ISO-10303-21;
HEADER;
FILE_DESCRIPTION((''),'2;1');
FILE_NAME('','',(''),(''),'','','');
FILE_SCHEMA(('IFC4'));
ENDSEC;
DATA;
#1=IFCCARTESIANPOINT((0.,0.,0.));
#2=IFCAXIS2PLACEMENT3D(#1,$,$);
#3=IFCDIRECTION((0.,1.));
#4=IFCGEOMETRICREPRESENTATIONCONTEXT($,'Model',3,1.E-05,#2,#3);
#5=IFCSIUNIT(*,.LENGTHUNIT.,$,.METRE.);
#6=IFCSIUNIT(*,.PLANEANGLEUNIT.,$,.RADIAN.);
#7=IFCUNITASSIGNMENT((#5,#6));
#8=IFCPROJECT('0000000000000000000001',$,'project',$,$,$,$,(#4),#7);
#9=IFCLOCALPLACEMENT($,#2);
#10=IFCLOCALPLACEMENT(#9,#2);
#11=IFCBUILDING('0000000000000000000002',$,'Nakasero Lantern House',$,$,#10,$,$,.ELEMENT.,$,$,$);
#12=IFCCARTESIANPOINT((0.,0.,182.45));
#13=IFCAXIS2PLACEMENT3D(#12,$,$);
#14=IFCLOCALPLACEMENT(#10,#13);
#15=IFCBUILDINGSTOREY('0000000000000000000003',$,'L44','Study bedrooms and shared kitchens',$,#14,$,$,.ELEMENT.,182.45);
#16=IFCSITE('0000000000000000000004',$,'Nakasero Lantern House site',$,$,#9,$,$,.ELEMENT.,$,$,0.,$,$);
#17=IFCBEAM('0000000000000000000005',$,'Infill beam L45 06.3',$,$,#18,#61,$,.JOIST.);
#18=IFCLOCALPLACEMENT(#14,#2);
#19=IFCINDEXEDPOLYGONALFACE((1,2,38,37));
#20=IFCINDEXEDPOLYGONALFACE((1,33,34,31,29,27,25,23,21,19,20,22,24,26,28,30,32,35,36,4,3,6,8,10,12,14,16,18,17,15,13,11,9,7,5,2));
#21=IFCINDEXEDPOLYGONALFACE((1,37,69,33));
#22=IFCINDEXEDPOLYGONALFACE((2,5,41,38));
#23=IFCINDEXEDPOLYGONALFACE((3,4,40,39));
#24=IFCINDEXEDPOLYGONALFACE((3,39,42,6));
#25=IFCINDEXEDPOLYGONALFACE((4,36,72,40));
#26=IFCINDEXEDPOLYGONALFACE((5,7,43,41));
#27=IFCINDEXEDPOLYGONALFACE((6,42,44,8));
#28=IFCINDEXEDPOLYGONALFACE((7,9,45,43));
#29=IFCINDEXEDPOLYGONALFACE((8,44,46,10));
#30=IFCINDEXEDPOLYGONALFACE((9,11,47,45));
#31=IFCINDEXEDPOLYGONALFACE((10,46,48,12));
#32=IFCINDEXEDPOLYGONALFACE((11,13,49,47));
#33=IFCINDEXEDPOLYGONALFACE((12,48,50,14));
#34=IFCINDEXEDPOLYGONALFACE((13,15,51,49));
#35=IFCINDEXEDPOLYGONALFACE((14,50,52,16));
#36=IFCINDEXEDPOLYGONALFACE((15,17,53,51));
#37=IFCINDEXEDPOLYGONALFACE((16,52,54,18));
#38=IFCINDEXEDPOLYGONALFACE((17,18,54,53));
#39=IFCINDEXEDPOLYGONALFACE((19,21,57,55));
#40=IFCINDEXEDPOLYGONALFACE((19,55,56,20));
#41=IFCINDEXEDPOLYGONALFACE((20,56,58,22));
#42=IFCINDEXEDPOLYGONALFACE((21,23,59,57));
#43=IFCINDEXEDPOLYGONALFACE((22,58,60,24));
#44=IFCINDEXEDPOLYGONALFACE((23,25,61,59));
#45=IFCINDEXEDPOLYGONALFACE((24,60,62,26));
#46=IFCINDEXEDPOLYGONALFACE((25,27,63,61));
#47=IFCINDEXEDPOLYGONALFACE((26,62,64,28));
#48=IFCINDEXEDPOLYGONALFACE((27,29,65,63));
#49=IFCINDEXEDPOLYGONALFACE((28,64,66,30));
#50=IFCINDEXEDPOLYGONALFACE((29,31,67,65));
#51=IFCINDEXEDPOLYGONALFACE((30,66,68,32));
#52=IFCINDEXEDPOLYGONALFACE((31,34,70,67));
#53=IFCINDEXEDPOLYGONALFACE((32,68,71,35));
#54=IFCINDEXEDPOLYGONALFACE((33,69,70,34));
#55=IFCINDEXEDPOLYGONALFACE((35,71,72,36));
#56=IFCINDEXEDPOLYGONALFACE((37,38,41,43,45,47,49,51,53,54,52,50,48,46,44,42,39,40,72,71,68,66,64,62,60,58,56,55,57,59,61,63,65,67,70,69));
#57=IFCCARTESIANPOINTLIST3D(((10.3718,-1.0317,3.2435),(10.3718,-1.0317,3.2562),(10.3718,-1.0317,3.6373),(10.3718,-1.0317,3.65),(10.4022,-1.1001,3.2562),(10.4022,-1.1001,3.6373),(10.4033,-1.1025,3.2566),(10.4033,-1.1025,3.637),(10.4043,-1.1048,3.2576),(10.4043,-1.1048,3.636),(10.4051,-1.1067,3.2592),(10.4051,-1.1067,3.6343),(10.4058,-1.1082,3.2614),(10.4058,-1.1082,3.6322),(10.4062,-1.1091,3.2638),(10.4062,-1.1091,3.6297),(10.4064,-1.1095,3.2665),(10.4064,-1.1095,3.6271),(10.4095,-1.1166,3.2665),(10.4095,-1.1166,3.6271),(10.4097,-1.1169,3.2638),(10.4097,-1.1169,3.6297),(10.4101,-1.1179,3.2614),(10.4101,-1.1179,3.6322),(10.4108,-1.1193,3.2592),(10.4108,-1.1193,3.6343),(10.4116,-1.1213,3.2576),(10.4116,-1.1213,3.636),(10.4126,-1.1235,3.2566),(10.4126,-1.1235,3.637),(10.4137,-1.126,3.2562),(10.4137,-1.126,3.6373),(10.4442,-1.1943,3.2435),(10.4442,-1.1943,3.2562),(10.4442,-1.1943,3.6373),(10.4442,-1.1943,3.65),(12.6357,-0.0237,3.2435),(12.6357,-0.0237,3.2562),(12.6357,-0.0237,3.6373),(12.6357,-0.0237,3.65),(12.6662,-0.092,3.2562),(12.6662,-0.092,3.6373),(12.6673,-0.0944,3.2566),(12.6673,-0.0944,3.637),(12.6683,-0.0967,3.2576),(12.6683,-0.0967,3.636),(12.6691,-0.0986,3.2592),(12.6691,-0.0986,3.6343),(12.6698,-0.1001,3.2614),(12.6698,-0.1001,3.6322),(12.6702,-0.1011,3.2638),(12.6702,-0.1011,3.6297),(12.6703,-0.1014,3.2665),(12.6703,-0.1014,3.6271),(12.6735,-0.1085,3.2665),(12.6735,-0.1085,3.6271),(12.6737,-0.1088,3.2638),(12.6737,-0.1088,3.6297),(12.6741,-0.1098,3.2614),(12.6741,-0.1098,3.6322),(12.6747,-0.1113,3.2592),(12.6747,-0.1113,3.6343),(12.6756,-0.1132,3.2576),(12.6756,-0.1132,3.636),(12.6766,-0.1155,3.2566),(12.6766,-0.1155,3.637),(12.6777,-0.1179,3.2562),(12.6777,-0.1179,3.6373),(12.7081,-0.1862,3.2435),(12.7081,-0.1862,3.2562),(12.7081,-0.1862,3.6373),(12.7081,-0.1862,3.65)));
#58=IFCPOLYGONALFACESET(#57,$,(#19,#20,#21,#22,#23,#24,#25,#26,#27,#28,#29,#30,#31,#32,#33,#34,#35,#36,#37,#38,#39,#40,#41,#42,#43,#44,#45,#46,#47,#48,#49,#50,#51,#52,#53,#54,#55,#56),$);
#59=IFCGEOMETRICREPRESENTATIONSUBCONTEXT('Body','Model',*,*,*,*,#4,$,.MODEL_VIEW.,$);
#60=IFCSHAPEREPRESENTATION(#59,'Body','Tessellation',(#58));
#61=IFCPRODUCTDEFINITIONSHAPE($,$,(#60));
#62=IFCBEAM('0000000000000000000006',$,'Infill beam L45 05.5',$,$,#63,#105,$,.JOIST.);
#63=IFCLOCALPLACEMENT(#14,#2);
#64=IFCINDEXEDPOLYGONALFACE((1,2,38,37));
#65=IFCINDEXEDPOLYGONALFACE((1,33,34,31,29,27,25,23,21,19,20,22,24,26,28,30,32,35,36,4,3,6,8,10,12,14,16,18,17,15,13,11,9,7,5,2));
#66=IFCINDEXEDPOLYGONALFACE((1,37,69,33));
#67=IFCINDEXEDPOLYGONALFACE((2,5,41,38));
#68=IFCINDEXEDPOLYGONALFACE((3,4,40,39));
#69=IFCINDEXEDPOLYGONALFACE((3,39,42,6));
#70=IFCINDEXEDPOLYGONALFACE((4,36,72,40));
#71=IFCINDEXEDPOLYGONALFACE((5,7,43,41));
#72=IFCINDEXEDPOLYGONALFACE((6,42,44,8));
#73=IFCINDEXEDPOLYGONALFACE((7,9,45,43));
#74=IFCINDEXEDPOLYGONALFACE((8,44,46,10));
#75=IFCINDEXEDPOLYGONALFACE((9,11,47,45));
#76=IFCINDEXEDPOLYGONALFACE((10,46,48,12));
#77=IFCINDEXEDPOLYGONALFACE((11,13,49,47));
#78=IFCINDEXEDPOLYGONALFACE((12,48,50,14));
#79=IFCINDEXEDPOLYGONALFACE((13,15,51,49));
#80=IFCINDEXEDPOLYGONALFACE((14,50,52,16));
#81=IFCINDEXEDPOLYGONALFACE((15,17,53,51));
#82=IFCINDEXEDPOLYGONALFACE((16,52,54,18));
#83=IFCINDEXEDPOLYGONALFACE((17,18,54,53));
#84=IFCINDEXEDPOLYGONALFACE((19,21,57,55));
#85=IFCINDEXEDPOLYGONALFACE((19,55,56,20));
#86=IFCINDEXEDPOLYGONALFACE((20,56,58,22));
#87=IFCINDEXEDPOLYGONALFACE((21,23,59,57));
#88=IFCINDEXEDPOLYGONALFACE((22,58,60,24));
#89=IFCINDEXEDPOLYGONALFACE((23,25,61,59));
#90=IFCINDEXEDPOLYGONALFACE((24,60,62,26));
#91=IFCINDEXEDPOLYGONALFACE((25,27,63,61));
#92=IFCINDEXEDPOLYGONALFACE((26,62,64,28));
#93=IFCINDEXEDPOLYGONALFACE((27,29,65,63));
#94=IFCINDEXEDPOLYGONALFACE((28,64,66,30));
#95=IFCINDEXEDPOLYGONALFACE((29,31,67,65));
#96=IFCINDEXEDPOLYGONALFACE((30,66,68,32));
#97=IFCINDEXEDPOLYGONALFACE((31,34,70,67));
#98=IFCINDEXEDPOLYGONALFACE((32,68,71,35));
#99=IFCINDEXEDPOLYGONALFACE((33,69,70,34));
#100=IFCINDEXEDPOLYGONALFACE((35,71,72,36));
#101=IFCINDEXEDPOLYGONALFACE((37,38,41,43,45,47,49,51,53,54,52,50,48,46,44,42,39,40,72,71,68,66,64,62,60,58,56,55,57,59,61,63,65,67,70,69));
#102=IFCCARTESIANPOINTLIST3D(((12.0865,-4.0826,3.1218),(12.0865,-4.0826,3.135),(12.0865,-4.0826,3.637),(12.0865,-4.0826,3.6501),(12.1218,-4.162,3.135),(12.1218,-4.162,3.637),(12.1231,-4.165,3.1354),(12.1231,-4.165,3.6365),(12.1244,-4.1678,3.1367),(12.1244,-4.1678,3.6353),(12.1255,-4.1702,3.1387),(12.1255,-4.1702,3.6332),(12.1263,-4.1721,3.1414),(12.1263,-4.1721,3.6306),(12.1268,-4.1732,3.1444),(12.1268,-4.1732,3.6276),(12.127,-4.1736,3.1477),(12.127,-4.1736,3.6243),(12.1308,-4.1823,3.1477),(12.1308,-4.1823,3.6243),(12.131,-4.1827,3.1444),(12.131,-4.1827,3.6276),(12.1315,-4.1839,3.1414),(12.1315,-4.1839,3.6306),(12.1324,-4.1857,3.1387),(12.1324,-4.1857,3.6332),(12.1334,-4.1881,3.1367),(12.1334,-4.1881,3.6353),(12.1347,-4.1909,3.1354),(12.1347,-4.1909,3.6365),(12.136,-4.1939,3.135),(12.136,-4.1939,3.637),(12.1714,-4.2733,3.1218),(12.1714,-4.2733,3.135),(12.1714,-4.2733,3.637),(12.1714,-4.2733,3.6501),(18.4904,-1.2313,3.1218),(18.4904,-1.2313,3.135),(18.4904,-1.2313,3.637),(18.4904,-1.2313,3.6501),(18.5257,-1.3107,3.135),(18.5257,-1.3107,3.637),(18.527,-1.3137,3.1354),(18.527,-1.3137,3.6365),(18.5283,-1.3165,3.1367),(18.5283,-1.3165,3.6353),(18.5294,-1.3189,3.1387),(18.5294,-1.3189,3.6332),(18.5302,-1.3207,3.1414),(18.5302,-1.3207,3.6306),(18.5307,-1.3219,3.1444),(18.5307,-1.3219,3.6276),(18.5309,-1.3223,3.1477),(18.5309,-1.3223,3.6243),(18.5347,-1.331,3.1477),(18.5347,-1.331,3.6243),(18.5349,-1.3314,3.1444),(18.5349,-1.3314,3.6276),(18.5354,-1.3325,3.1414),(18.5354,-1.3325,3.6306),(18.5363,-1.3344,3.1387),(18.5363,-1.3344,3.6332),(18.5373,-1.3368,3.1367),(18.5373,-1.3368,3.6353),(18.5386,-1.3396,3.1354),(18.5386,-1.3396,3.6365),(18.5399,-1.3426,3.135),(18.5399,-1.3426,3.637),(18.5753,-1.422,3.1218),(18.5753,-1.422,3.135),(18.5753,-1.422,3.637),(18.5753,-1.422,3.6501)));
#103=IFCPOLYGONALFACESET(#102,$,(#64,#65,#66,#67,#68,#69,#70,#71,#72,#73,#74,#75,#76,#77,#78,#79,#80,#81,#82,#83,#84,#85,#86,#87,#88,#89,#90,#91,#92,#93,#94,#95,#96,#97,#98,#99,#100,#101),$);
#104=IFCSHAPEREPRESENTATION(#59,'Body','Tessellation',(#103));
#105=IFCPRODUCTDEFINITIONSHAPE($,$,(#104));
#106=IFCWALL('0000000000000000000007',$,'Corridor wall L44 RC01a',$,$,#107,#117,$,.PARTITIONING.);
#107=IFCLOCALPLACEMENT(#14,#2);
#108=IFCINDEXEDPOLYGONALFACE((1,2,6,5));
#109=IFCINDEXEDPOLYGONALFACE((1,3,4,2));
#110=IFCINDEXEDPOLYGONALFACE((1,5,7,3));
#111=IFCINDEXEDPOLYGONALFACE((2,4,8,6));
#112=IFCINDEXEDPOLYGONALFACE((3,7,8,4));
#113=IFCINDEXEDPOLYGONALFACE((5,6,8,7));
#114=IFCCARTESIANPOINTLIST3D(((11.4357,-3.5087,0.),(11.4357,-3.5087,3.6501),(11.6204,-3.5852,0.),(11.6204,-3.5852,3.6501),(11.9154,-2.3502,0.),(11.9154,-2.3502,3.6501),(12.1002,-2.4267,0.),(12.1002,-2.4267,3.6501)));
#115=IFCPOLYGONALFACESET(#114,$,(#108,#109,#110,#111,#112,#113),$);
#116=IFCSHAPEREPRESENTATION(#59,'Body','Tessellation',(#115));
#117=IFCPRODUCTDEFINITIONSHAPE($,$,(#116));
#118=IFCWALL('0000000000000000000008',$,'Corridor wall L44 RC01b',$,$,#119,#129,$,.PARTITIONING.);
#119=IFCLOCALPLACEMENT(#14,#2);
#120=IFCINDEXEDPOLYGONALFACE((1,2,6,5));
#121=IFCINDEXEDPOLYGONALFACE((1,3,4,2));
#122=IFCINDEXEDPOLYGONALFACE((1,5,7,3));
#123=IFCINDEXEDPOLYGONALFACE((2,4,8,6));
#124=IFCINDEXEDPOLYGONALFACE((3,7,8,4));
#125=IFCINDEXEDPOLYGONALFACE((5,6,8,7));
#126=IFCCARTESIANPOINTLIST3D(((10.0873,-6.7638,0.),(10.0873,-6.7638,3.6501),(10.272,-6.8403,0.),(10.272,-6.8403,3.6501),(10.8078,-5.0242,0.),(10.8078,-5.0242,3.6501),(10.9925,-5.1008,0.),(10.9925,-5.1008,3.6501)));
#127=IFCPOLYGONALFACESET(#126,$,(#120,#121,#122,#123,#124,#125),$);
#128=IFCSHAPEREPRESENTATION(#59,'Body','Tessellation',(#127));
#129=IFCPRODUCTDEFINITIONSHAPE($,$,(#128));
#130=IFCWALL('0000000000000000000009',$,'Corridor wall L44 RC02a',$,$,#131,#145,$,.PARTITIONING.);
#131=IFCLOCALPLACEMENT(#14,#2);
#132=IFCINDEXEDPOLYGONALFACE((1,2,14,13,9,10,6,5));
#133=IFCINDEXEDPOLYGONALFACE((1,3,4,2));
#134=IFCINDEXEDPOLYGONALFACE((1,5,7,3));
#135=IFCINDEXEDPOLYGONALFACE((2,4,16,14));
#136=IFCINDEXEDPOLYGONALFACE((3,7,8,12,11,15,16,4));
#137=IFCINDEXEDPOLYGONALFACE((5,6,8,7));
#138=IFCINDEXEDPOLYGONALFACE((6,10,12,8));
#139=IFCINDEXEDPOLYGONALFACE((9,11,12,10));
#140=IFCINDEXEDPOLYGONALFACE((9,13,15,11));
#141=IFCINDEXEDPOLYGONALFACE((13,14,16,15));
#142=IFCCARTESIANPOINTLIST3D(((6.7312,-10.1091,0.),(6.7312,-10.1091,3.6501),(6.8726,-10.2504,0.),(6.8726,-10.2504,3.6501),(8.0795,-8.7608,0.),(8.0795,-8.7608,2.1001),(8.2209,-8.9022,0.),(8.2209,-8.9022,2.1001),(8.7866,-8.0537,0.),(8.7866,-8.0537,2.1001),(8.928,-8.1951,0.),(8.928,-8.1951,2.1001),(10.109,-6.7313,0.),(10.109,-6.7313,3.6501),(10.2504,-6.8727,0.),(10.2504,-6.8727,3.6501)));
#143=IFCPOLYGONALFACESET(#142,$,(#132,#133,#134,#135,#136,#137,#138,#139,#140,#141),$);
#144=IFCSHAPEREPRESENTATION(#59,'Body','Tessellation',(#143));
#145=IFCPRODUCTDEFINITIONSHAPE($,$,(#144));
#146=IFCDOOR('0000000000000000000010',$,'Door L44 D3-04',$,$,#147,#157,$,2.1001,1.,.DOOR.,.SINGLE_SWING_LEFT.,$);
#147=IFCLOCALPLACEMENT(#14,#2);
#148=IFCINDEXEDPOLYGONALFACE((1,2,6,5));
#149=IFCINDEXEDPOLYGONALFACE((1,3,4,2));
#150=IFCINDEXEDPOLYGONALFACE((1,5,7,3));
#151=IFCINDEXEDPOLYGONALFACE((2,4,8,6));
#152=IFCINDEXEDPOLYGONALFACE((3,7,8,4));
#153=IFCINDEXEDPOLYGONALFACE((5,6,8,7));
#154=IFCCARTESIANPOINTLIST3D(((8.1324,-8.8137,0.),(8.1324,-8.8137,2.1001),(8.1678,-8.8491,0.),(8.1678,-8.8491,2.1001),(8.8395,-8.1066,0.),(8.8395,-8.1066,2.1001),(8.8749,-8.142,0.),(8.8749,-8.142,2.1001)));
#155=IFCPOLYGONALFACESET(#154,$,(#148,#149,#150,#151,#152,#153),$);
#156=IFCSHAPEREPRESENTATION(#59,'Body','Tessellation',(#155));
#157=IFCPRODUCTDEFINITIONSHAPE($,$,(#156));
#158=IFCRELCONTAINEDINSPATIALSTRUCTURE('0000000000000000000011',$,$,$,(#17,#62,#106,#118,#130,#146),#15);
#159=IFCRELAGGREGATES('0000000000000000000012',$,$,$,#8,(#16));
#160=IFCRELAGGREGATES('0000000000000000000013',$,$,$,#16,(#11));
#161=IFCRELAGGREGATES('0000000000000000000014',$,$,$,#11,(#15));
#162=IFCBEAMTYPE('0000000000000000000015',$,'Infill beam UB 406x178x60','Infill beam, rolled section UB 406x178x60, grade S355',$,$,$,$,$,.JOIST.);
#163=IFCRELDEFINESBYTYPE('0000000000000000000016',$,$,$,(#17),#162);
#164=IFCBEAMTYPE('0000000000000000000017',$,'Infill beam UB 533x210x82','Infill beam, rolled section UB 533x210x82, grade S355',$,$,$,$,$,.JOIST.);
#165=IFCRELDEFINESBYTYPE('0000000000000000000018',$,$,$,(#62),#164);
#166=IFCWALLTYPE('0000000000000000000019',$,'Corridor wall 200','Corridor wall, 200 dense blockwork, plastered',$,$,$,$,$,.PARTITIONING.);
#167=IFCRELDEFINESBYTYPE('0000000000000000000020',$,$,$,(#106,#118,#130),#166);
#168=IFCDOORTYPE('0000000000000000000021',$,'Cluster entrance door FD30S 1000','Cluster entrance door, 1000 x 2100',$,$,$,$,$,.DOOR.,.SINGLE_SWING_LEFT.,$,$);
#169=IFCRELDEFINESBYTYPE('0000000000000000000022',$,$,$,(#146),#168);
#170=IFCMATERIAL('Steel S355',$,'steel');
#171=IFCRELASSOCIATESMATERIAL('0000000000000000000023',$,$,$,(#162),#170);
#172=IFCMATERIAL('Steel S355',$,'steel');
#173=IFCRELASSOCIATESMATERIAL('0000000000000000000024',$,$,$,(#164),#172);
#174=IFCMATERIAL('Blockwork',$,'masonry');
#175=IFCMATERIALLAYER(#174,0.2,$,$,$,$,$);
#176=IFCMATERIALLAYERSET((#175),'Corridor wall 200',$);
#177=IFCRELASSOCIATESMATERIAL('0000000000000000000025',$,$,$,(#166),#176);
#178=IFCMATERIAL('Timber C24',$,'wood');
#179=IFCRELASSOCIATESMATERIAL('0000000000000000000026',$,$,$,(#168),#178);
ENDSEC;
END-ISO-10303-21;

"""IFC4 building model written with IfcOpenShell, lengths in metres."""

from ifc_helpers import new_model, si_unit, direction, frame, frame_2d, origin, origin_2d, place, context, subcontext, project, spatial, rectangle, i_section, extrude, material, layer, layer_set, material_profile, profile_set, type_object, element, fill, save


model = new_model("IFC4")

# Units and contexts
model_context = context("Model", 3, precision=1e-05, world=origin(), true_north=direction((0.0, 1.0)))
body_context = subcontext(model_context, "Body", "Model", "MODEL_VIEW")
ifc_project = project(units=[si_unit("LENGTHUNIT", "METRE"), si_unit("PLANEANGLEUNIT", "RADIAN")], contexts=[model_context])

# Site, building, storey
site_placement = place(None, origin())
site = spatial("IfcSite", under=ifc_project, at=site_placement, Name="Nakasero Lantern House site", CompositionType="ELEMENT", RefElevation=0.0)
building_placement = place(site_placement, origin())
building = spatial("IfcBuilding", under=site, at=building_placement, Name="Nakasero Lantern House", CompositionType="ELEMENT")
storey_placement = place(building_placement, frame((0.0, 0.0, 182.45)))
storey = spatial("IfcBuildingStorey", under=building, at=storey_placement, Name="L44", Description="Study bedrooms and shared kitchens", CompositionType="ELEMENT", Elevation=182.45)

# Beams
ifc_material_1 = material(Name="Steel S355", Category="steel")
ifc_material_profile_1 = material_profile(ifc_material_1, i_section(OverallWidth=0.178, OverallDepth=0.4065, WebThickness=0.0078, FlangeThickness=0.0127, FilletRadius=0.0103, at=origin_2d()), Name="UB 406x178x60")
ifc_profile_set_1 = profile_set([ifc_material_profile_1], Name="Steel S355")
beam_type_1 = type_object("IfcBeamType", Name="Infill beam UB 406x178x60", Description="Infill beam, rolled section UB 406x178x60, grade S355", PredefinedType="JOIST", material=ifc_profile_set_1)
beam_1_placement = place(storey_placement, frame((10.408, -1.113, 3.4468), z_axis=(0.913531, 0.406769, 0.0), x_axis=(-0.406769, 0.913531, 0.0)))
element("IfcBeam", 1, at=beam_1_placement, inside=storey, type_object=beam_type_1, Name="Infill beam L45 06.3", PredefinedType="JOIST", context=body_context, shape_type="SweptSolid", body=[
    extrude(i_section(OverallWidth=0.178, OverallDepth=0.4065, WebThickness=0.0078, FlangeThickness=0.0127, FilletRadius=0.0103, at=origin_2d()), origin(), (0.0, 0.0, 1.0), 2.4783),
])
ifc_material_2 = material(Name="Steel S355", Category="steel")
ifc_material_profile_2 = material_profile(ifc_material_2, i_section(OverallWidth=0.2087, OverallDepth=0.5283, WebThickness=0.0095, FlangeThickness=0.0132, FilletRadius=0.0127, at=origin_2d()), Name="UB 533x210x82")
ifc_profile_set_2 = profile_set([ifc_material_profile_2], Name="Steel S355")
beam_type_2 = type_object("IfcBeamType", Name="Infill beam UB 533x210x82", Description="Infill beam, rolled section UB 533x210x82, grade S355", PredefinedType="JOIST", material=ifc_profile_set_2)
beam_2_placement = place(storey_placement, frame((12.1289, -4.178, 3.386), z_axis=(0.913537, 0.406756, 0.0), x_axis=(-0.406756, 0.913537, 0.0)))
element("IfcBeam", 2, at=beam_2_placement, inside=storey, type_object=beam_type_2, Name="Infill beam L45 05.5", PredefinedType="JOIST", context=body_context, shape_type="SweptSolid", body=[
    extrude(i_section(OverallWidth=0.2087, OverallDepth=0.5283, WebThickness=0.0095, FlangeThickness=0.0132, FilletRadius=0.0127, at=origin_2d()), origin(), (0.0, 0.0, 1.0), 7.01),
])

# Walls
ifc_material_3 = material(Name="Blockwork", Category="masonry")
ifc_layer_1 = layer(ifc_material_3, 0.2)
ifc_layer_set_1 = layer_set([ifc_layer_1], Name="Corridor wall 200")
wall_type_1 = type_object("IfcWallType", Name="Corridor wall 200", Description="Corridor wall, 200 dense blockwork, plastered", PredefinedType="PARTITIONING", material=ifc_layer_set_1)
wall_1_placement = place(storey_placement, frame((12.0078, -2.3884, 0.0), z_axis=(0.0, 0.0, 1.0), x_axis=(-0.38261, -0.92391, 0.0)))
element("IfcWall", 3, at=wall_1_placement, inside=storey, type_object=wall_type_1, Name="Corridor wall L44 RC01a", PredefinedType="PARTITIONING", context=body_context, shape_type="SweptSolid", body=[
    extrude(rectangle(XDim=1.2539, YDim=0.2, at=frame_2d((0.627, 0.0))), origin(), (0.0, 0.0, 1.0), 3.6501),
])
wall_2_placement = place(storey_placement, frame((10.9001, -5.0625, 0.0), z_axis=(0.0, 0.0, 1.0), x_axis=(-0.382653, -0.923892, 0.0)))
element("IfcWall", 4, at=wall_2_placement, inside=storey, type_object=wall_type_1, Name="Corridor wall L44 RC01b", PredefinedType="PARTITIONING", context=body_context, shape_type="SweptSolid", body=[
    extrude(rectangle(XDim=1.8828, YDim=0.2, at=frame_2d((0.9414, 0.0))), origin(), (0.0, 0.0, 1.0), 3.6501),
])

# Wall, opening, door
wall_3_placement = place(storey_placement, frame((10.1797, -6.802, 0.0), z_axis=(0.0, 0.0, 1.0), x_axis=(-0.707107, -0.707107, 0.0)))
wall_3 = element("IfcWall", 5, at=wall_3_placement, inside=storey, type_object=wall_type_1, Name="Corridor wall L44 RC02a", PredefinedType="PARTITIONING", context=body_context, shape_type="SweptSolid", body=[
    extrude(rectangle(XDim=4.7769, YDim=0.2, at=frame_2d((2.3884, 0.0))), origin(), (0.0, 0.0, 1.0), 3.6501),
])
opening_1_placement = place(wall_3_placement, frame((1.8701, 0.0, 0.0)))
opening_1 = element("IfcOpeningElement", 6, at=opening_1_placement, cuts=wall_3, PredefinedType="OPENING", context=body_context, shape_type="SweptSolid", body=[
    extrude(rectangle(XDim=1.0, YDim=2.1001, at=frame_2d((0.5, 1.05))), frame((0.0, 0.1199, 0.0), z_axis=(0.0, -1.0, 0.0), x_axis=(1.0, 0.0, 0.0)), (0.0, 0.0, 1.0), 0.24),
])
ifc_material_4 = material(Name="Timber C24", Category="wood")
door_type_1 = type_object("IfcDoorType", Name="Cluster entrance door FD30S 1000", Description="Cluster entrance door, 1000 x 2100", OperationType="SINGLE_SWING_LEFT", PredefinedType="DOOR", material=ifc_material_4)
door_1_placement = place(opening_1_placement, origin())
door_1 = element("IfcDoor", 7, at=door_1_placement, inside=storey, type_object=door_type_1, Name="Door L44 D3-04", OperationType="SINGLE_SWING_LEFT", OverallHeight=2.1001, OverallWidth=1.0, PredefinedType="DOOR", context=body_context, shape_type="SweptSolid", body=[
    extrude(rectangle(XDim=1.0, YDim=2.1001, at=frame_2d((0.5, 1.05))), frame((0.0, 0.0249, 0.0), z_axis=(0.0, -1.0, 0.0), x_axis=(1.0, 0.0, 0.0)), (0.0, 0.0, 1.0), 0.05),
])
fill(opening_1, door_1)

save(model, "model.ifc")
